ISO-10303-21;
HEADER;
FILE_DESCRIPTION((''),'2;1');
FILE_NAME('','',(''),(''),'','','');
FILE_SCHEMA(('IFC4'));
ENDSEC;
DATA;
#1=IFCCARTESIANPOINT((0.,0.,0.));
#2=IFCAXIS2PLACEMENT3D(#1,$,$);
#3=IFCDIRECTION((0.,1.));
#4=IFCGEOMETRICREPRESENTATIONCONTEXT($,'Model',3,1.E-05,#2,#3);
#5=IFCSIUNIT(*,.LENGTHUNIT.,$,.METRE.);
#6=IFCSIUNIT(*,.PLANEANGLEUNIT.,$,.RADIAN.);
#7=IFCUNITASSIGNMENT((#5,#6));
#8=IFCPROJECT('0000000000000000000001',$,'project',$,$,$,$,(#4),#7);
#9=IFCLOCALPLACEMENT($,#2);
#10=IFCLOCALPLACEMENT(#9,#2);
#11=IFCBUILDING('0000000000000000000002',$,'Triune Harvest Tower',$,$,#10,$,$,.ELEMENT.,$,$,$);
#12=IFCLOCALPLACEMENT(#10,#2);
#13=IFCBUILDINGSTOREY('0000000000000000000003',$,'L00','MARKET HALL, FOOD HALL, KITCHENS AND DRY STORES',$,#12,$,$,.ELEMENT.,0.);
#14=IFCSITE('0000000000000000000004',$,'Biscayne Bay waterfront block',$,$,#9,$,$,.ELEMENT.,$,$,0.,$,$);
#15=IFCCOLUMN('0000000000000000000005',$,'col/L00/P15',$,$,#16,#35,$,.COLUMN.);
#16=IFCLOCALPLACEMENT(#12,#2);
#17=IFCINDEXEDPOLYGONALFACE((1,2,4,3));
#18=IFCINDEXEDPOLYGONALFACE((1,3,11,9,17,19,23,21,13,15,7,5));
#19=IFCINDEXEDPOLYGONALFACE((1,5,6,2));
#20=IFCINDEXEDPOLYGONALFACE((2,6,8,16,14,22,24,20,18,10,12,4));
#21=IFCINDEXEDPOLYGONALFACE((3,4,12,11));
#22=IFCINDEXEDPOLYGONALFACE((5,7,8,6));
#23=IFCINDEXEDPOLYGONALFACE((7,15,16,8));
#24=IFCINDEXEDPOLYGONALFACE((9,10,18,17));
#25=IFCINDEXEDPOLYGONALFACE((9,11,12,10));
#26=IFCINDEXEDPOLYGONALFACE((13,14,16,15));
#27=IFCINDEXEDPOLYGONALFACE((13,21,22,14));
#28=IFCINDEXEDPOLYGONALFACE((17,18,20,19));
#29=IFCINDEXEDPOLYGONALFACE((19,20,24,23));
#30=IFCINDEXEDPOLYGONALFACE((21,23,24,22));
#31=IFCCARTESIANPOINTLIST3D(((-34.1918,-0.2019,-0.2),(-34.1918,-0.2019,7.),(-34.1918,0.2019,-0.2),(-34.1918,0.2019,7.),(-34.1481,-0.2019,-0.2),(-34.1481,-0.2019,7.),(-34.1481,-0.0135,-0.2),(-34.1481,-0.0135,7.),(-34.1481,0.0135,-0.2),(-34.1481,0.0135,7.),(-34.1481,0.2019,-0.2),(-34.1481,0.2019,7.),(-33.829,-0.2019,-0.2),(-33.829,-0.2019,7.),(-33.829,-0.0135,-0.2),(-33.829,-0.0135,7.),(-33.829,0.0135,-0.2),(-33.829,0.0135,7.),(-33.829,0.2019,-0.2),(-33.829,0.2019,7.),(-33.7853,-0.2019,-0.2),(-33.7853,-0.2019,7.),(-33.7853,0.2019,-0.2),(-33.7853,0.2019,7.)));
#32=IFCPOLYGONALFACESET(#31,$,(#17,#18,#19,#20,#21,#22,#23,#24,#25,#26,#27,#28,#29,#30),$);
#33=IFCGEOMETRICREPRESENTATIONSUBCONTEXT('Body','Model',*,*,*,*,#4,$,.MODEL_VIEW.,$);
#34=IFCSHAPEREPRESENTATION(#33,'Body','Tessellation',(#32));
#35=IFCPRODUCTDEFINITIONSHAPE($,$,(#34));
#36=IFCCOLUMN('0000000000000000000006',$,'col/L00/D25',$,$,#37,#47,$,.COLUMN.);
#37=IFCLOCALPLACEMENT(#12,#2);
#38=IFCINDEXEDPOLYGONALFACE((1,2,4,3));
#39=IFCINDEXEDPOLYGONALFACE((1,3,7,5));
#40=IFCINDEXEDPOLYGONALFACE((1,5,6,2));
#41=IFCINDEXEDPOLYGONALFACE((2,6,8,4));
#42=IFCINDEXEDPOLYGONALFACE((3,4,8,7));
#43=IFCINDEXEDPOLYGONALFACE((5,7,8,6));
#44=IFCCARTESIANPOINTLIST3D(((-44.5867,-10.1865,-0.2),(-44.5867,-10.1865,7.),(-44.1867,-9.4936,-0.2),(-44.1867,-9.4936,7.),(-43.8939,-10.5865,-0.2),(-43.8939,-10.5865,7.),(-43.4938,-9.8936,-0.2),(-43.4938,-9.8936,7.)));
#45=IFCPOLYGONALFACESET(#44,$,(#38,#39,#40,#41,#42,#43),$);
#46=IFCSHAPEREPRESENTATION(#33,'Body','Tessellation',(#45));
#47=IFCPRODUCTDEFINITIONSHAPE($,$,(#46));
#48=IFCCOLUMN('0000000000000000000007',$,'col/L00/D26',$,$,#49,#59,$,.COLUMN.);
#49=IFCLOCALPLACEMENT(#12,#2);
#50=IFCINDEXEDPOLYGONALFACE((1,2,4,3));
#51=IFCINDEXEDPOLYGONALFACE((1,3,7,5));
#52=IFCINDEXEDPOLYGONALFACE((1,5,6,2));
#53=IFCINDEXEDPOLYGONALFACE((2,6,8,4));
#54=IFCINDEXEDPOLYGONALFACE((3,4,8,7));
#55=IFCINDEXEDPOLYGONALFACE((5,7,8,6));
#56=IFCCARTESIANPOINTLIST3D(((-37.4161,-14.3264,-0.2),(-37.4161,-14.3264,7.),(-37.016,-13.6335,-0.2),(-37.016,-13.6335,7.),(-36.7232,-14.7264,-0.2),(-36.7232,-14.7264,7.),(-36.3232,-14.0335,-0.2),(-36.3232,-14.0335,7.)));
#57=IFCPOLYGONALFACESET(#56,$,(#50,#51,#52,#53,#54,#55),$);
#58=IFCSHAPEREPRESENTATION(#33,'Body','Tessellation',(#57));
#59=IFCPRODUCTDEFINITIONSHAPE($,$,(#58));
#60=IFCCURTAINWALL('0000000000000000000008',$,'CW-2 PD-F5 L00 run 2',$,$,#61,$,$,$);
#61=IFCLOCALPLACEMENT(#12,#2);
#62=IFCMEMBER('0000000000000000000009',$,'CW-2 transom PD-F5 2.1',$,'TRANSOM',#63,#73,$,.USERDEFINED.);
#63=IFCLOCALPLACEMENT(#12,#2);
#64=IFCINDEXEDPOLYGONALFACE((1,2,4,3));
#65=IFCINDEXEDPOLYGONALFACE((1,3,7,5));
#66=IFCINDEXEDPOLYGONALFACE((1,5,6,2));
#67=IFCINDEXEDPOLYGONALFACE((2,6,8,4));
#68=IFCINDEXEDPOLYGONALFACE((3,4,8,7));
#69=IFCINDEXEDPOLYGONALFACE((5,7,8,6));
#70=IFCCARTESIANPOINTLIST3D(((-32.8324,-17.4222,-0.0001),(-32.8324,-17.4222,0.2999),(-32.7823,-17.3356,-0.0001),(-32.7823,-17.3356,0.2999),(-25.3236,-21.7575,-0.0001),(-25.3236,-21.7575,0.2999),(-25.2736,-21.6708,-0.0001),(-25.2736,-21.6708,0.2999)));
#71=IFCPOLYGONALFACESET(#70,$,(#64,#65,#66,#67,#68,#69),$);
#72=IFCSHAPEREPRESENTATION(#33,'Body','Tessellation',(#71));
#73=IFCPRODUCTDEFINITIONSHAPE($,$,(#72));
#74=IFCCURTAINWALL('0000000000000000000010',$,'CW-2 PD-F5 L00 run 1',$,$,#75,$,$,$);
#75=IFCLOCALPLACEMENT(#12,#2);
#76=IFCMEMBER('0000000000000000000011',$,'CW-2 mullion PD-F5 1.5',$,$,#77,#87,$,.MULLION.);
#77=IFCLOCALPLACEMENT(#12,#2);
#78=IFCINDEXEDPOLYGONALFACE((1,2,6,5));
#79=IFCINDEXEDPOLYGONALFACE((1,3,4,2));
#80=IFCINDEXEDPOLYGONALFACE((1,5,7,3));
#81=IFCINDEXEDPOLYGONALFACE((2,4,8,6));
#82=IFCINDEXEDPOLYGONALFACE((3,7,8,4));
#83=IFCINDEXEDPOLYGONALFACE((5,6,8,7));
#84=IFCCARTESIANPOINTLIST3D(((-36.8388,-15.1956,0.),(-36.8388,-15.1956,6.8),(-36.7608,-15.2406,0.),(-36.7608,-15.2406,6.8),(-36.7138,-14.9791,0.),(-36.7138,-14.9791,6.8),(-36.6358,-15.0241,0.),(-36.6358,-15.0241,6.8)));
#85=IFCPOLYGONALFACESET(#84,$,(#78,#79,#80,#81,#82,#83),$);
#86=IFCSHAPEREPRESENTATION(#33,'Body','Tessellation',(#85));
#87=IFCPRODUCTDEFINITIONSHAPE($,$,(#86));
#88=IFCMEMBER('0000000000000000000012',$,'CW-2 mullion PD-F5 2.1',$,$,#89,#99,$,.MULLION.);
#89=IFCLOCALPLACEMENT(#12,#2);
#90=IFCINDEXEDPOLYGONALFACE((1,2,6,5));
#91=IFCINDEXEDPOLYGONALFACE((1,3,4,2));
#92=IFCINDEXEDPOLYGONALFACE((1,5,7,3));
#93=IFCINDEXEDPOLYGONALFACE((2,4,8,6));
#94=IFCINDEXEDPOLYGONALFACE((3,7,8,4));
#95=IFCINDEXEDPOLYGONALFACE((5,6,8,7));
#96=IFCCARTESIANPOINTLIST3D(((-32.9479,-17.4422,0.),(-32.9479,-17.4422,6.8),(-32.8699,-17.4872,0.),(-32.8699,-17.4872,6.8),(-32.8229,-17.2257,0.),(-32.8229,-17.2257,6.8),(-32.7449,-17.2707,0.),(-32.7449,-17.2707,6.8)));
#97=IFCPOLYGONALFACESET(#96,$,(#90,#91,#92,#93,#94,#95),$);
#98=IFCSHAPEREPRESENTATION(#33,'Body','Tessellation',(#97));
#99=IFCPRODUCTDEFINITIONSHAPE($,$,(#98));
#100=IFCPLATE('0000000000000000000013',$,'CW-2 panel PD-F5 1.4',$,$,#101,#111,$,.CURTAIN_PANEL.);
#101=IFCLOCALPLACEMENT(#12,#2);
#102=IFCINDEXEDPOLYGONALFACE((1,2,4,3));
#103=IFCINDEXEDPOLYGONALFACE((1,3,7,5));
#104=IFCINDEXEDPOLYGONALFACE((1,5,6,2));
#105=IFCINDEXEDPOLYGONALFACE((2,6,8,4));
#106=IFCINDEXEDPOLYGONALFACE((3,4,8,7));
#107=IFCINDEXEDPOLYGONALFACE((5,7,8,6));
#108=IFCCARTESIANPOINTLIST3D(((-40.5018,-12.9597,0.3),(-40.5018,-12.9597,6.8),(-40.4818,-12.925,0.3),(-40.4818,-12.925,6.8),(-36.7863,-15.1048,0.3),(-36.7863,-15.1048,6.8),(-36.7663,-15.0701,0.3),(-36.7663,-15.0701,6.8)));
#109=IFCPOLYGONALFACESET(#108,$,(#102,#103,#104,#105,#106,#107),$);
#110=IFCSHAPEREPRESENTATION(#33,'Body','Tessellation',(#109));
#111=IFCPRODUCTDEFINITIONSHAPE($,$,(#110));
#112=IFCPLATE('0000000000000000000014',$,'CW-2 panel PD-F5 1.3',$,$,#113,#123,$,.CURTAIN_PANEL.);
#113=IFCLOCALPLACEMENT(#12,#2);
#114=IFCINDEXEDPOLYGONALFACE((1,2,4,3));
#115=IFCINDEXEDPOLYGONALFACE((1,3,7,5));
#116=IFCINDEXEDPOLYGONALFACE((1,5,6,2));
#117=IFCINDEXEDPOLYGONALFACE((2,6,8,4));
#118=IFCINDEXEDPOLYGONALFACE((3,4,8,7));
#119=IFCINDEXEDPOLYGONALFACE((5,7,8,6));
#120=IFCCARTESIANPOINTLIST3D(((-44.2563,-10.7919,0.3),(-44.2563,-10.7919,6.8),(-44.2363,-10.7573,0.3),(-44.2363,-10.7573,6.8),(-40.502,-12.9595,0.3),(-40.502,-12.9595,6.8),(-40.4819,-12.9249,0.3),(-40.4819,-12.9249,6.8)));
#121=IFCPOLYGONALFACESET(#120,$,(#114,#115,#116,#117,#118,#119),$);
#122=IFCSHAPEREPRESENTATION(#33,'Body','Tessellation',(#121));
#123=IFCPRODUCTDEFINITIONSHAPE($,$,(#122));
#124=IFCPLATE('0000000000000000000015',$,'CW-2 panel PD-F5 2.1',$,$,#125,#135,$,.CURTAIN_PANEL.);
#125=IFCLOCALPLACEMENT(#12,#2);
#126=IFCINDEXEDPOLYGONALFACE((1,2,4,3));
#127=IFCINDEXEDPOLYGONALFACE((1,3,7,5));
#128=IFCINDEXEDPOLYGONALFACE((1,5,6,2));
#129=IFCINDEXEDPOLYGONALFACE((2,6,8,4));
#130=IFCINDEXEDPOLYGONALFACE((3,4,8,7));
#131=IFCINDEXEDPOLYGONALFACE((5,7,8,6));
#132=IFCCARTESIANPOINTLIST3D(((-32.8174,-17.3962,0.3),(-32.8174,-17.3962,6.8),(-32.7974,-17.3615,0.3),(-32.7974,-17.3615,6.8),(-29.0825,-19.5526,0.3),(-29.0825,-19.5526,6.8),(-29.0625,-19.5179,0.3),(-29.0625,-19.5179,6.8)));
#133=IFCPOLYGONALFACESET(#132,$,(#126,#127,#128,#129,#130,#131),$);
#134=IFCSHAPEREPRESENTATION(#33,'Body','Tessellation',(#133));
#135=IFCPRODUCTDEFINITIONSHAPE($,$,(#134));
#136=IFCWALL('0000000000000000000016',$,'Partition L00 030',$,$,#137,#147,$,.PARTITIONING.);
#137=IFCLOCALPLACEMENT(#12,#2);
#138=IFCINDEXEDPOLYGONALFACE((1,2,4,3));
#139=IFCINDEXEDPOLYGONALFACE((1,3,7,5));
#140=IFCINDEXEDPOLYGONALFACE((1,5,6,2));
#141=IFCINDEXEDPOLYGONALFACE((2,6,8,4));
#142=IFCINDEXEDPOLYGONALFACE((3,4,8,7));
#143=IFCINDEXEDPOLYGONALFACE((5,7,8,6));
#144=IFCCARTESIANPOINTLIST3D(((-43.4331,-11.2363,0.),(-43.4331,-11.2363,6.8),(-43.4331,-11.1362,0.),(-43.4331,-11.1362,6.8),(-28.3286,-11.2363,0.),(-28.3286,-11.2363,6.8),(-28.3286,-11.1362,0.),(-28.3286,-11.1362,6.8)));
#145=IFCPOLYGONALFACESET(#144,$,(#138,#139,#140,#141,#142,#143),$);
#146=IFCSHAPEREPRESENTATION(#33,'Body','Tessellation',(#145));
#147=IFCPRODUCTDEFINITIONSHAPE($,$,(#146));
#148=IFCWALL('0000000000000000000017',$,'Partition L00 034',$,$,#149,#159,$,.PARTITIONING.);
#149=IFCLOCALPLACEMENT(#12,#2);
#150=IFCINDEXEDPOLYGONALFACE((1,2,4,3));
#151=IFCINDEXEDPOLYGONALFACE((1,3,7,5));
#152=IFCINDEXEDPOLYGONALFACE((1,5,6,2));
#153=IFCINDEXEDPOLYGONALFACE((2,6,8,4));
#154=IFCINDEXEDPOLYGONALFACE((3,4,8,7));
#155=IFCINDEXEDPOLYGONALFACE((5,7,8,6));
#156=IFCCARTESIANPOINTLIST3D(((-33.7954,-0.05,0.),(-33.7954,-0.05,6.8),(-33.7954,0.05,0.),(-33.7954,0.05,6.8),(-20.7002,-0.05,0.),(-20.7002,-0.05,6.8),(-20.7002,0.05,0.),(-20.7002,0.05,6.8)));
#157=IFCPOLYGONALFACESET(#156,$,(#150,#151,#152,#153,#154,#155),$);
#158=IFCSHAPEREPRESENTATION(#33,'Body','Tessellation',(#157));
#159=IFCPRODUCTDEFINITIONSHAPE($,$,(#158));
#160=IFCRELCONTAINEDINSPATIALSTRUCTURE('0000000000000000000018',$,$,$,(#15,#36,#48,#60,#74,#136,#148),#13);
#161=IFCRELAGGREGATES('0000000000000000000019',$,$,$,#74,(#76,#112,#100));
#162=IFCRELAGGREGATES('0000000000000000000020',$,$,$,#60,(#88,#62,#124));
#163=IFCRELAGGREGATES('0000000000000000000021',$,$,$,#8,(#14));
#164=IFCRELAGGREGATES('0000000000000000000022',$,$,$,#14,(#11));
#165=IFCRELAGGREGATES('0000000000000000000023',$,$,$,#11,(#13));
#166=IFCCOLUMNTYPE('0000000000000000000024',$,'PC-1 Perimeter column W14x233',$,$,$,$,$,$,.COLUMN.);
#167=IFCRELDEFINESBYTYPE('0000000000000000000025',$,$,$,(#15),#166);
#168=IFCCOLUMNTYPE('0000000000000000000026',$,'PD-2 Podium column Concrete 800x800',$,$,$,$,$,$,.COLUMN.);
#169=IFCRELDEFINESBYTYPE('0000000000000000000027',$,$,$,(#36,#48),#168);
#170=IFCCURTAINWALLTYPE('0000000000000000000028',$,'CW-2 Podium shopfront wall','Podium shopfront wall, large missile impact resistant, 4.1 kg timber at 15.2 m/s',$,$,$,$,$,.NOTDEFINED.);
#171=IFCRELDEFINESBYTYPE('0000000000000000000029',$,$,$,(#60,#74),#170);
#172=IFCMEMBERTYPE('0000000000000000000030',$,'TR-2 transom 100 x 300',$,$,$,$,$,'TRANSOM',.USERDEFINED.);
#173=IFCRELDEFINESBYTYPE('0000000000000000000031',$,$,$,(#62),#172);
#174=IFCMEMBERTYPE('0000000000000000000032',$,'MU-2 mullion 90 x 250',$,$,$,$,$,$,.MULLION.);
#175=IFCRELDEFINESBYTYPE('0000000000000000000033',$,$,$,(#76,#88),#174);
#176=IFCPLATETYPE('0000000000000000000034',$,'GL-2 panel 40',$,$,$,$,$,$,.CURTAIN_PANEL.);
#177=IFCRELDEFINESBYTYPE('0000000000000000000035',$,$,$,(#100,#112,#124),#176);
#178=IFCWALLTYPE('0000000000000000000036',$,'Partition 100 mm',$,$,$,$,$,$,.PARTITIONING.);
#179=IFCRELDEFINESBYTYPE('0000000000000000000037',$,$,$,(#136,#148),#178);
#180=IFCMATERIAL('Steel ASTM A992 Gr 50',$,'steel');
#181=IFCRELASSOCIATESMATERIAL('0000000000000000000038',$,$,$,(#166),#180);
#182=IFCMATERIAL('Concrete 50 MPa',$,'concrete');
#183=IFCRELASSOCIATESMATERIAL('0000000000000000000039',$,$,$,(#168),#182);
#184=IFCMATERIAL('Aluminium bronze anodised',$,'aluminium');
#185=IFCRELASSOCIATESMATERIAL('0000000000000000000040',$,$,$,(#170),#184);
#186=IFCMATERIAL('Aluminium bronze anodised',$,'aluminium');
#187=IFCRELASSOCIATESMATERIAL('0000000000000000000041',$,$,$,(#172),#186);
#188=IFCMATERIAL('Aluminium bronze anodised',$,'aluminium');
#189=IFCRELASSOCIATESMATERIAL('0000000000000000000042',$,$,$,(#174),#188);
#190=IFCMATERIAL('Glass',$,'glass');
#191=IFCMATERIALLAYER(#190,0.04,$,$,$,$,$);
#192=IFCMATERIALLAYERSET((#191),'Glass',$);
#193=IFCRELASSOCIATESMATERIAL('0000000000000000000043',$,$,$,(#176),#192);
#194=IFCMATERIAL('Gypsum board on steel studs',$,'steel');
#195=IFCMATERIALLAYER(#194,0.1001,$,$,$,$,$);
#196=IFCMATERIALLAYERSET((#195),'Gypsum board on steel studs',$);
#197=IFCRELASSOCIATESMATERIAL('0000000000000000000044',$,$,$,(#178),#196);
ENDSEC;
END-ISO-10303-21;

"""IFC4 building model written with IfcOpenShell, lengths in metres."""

from ifc_helpers import new_model, si_unit, direction, frame, frame_2d, origin, origin_2d, place, context, subcontext, project, spatial, rectangle, i_section, extrude, source, transform, mapped, material, layer, layer_set, material_profile, profile_set, type_object, element, aggregate, save


model = new_model("IFC4")

# Units and contexts
model_context = context("Model", 3, precision=1e-05, world=origin(), true_north=direction((0.0, 1.0)))
body_context = subcontext(model_context, "Body", "Model", "MODEL_VIEW")
ifc_project = project(units=[si_unit("LENGTHUNIT", "METRE"), si_unit("PLANEANGLEUNIT", "RADIAN")], contexts=[model_context])

# Site, building, storey
site_placement = place(None, origin())
site = spatial("IfcSite", under=ifc_project, at=site_placement, Name="Biscayne Bay waterfront block", CompositionType="ELEMENT", RefElevation=0.0)
building_placement = place(site_placement, origin())
building = spatial("IfcBuilding", under=site, at=building_placement, Name="Triune Harvest Tower", CompositionType="ELEMENT")
storey_placement = place(building_placement, origin())
storey = spatial("IfcBuildingStorey", under=building, at=storey_placement, Name="L00", Description="MARKET HALL, FOOD HALL, KITCHENS AND DRY STORES", CompositionType="ELEMENT", Elevation=0.0)

# Columns
ifc_material_1 = material(Name="Steel ASTM A992 Gr 50", Category="steel")
ifc_material_profile_1 = material_profile(ifc_material_1, i_section(OverallWidth=0.4038, OverallDepth=0.4065, WebThickness=0.0271, FlangeThickness=0.0437, at=origin_2d()), Name="W14x233")
ifc_profile_set_1 = profile_set([ifc_material_profile_1], Name="Steel ASTM A992 Gr 50")
column_type_1 = type_object("IfcColumnType", Name="PC-1 Perimeter column W14x233", PredefinedType="COLUMN", material=ifc_profile_set_1)
shared_shape_1 = source(origin(), body_context, "Body", "SweptSolid", [
    extrude(i_section(OverallWidth=0.4038, OverallDepth=0.4065, WebThickness=0.0271, FlangeThickness=0.0437, at=origin_2d()), origin(), (0.0, 0.0, 1.0), 7.2),
])
column_1_placement = place(storey_placement, frame((-33.9885, 0.0, -0.2), z_axis=(0.0, 0.0, 1.0), x_axis=(0.0, -1.0, 0.0)))
element("IfcColumn", 1, at=column_1_placement, inside=storey, type_object=column_type_1, Name="col/L00/P15", PredefinedType="COLUMN", context=body_context, shape_type="MappedRepresentation", body=[
    mapped(shared_shape_1, transform((0.0, 0.0, 0.0), scale=1.0)),
])
ifc_material_2 = material(Name="Concrete 50 MPa", Category="concrete")
ifc_material_profile_2 = material_profile(ifc_material_2, rectangle(XDim=0.8, YDim=0.8, at=origin_2d()), Name="Concrete 800x800")
ifc_profile_set_2 = profile_set([ifc_material_profile_2], Name="Concrete 50 MPa")
column_type_2 = type_object("IfcColumnType", Name="PD-2 Podium column Concrete 800x800", PredefinedType="COLUMN", material=ifc_profile_set_2)
shared_shape_2 = source(origin(), body_context, "Body", "SweptSolid", [
    extrude(rectangle(XDim=0.8, YDim=0.8, at=origin_2d()), origin(), (0.0, 0.0, 1.0), 7.2),
])
for number, where, z_axis, x_axis, name in (
    (2, (-44.0403, -10.04, -0.2), (0.0, 0.0, 1.0), (0.866025, -0.5, 0.0), "col/L00/D25"),
    (3, (-36.8696, -14.1799, -0.2), (0.0, 0.0, 1.0), (0.866025, -0.5, 0.0), "col/L00/D26"),
):
    element("IfcColumn", number, at=place(storey_placement, frame(where, z_axis=z_axis, x_axis=x_axis)), inside=storey, type_object=column_type_2, Name=name, PredefinedType="COLUMN", context=body_context, shape_type="MappedRepresentation", body=[
        mapped(shared_shape_2, transform((0.0, 0.0, 0.0), scale=1.0)),
    ])

# Curtain walls, members
ifc_material_3 = material(Name="Aluminium bronze anodised", Category="aluminium")
curtain_wall_type = type_object("IfcCurtainWallType", Name="CW-2 Podium shopfront wall", Description="Podium shopfront wall, large missile impact resistant, 4.1 kg timber at 15.2 m/s", PredefinedType="NOTDEFINED", material=ifc_material_3)
curtain_wall_1_placement = place(storey_placement, origin())
curtain_wall_1 = element("IfcCurtainWall", 4, at=curtain_wall_1_placement, inside=storey, type_object=curtain_wall_type, Name="CW-2 PD-F5 L00 run 2")
ifc_material_4 = material(Name="Aluminium bronze anodised", Category="aluminium")
ifc_material_profile_3 = material_profile(ifc_material_4, rectangle(XDim=0.1001, YDim=0.3, at=origin_2d()), Name="TR-2 transom 100 x 300")
ifc_profile_set_3 = profile_set([ifc_material_profile_3], Name="Aluminium bronze anodised")
member_type_1 = type_object("IfcMemberType", Name="TR-2 transom 100 x 300", ElementType="TRANSOM", PredefinedType="USERDEFINED", material=ifc_profile_set_3)
member_1_placement = place(storey_placement, frame((-32.8074, -17.3789, 0.1499), z_axis=(0.866025, -0.5, 0.0), x_axis=(0.5, 0.866025, 0.0)))
member_1 = element("IfcMember", 5, at=member_1_placement, type_object=member_type_1, Name="CW-2 transom PD-F5 2.1", ObjectType="TRANSOM", PredefinedType="USERDEFINED", context=body_context, shape_type="SweptSolid", body=[
    extrude(rectangle(XDim=0.1001, YDim=0.3, at=origin_2d()), origin(), (0.0, 0.0, 1.0), 8.6704),
])
curtain_wall_2_placement = place(storey_placement, origin())
curtain_wall_2 = element("IfcCurtainWall", 6, at=curtain_wall_2_placement, inside=storey, type_object=curtain_wall_type, Name="CW-2 PD-F5 L00 run 1")
ifc_material_5 = material(Name="Aluminium bronze anodised", Category="aluminium")
ifc_material_profile_4 = material_profile(ifc_material_5, rectangle(XDim=0.25, YDim=0.0901, at=origin_2d()), Name="MU-2 mullion 90 x 250")
ifc_profile_set_4 = profile_set([ifc_material_profile_4], Name="Aluminium bronze anodised")
member_type_2 = type_object("IfcMemberType", Name="MU-2 mullion 90 x 250", PredefinedType="MULLION", material=ifc_profile_set_4)
shared_shape_3 = source(origin(), body_context, "Body", "SweptSolid", [
    extrude(rectangle(XDim=0.25, YDim=0.0901, at=origin_2d()), origin(), (0.0, 0.0, 1.0), 6.8),
])
member_2_placement = place(storey_placement, frame((-36.7373, -15.1099, 0.0), z_axis=(0.0, 0.0, 1.0), x_axis=(0.5, 0.866025, 0.0)))
member_2 = element("IfcMember", 7, at=member_2_placement, type_object=member_type_2, Name="CW-2 mullion PD-F5 1.5", PredefinedType="MULLION", context=body_context, shape_type="MappedRepresentation", body=[
    mapped(shared_shape_3, transform((0.0, 0.0, 0.0), scale=1.0)),
])

# Member
member_3_placement = place(storey_placement, frame((-32.8464, -17.3564, 0.0), z_axis=(0.0, 0.0, 1.0), x_axis=(0.5, 0.866025, 0.0)))
member_3 = element("IfcMember", 8, at=member_3_placement, type_object=member_type_2, Name="CW-2 mullion PD-F5 2.1", PredefinedType="MULLION", context=body_context, shape_type="MappedRepresentation", body=[
    mapped(shared_shape_3, transform((0.0, 0.0, 0.0), scale=1.0)),
])

# Plates
ifc_material_6 = material(Name="Glass", Category="glass")
ifc_layer_1 = layer(ifc_material_6, 0.04)
ifc_layer_set_1 = layer_set([ifc_layer_1], Name="Glass")
plate_type = type_object("IfcPlateType", Name="GL-2 panel 40", PredefinedType="CURTAIN_PANEL", material=ifc_layer_set_1)
shared_shape_4 = source(origin(), body_context, "Body", "SweptSolid", [
    extrude(rectangle(XDim=4.2903, YDim=0.04, at=origin_2d()), origin(), (0.0, 0.0, 1.0), 6.5),
])
plate_1_placement = place(storey_placement, frame((-38.634, -14.0149, 0.3), z_axis=(0.0, 0.0, 1.0), x_axis=(0.866025, -0.5, 0.0)))
plate_1 = element("IfcPlate", 9, at=plate_1_placement, type_object=plate_type, Name="CW-2 panel PD-F5 1.4", PredefinedType="CURTAIN_PANEL", context=body_context, shape_type="MappedRepresentation", body=[
    mapped(shared_shape_4, transform((0.0, 0.0, 0.0), scale=1.0)),
])
shared_shape_5 = source(origin(), body_context, "Body", "SweptSolid", [
    extrude(rectangle(XDim=4.3352, YDim=0.04, at=origin_2d()), origin(), (0.0, 0.0, 1.0), 6.5),
])
plate_2_placement = place(storey_placement, frame((-42.3691, -11.8584, 0.3), z_axis=(0.0, 0.0, 1.0), x_axis=(0.866025, -0.5, 0.0)))
plate_2 = element("IfcPlate", 10, at=plate_2_placement, type_object=plate_type, Name="CW-2 panel PD-F5 1.3", PredefinedType="CURTAIN_PANEL", context=body_context, shape_type="MappedRepresentation", body=[
    mapped(shared_shape_5, transform((0.0, 0.0, 0.0), scale=1.0)),
])
aggregate(curtain_wall_2, [member_2, plate_2, plate_1])
shared_shape_6 = source(origin(), body_context, "Body", "SweptSolid", [
    extrude(rectangle(XDim=4.3127, YDim=0.04, at=origin_2d()), origin(), (0.0, 0.0, 1.0), 6.5),
])
plate_3_placement = place(storey_placement, frame((-30.9399, -18.457, 0.3), z_axis=(0.0, 0.0, 1.0), x_axis=(0.866025, -0.5, 0.0)))
plate_3 = element("IfcPlate", 11, at=plate_3_placement, type_object=plate_type, Name="CW-2 panel PD-F5 2.1", PredefinedType="CURTAIN_PANEL", context=body_context, shape_type="MappedRepresentation", body=[
    mapped(shared_shape_6, transform((0.0, 0.0, 0.0), scale=1.0)),
])
aggregate(curtain_wall_1, [member_3, member_1, plate_3])

# Walls
ifc_material_7 = material(Name="Gypsum board on steel studs", Category="steel")
ifc_layer_2 = layer(ifc_material_7, 0.1001)
ifc_layer_set_2 = layer_set([ifc_layer_2], Name="Gypsum board on steel studs")
wall_type_1 = type_object("IfcWallType", Name="Partition 100 mm", PredefinedType="PARTITIONING", material=ifc_layer_set_2)
wall_1_placement = place(storey_placement, frame((-43.4331, -11.1863, 0.0), z_axis=(0.0, 0.0, 1.0), x_axis=(1.0, 0.0, 0.0)))
element("IfcWall", 12, at=wall_1_placement, inside=storey, type_object=wall_type_1, Name="Partition L00 030", PredefinedType="PARTITIONING", context=body_context, shape_type="SweptSolid", body=[
    extrude(rectangle(XDim=15.1045, YDim=0.1001, at=frame_2d((7.5522, 0.0))), origin(), (0.0, 0.0, 1.0), 6.8),
])
wall_2_placement = place(storey_placement, frame((-33.7954, 0.0, 0.0), z_axis=(0.0, 0.0, 1.0), x_axis=(1.0, 0.0, 0.0)))
element("IfcWall", 13, at=wall_2_placement, inside=storey, type_object=wall_type_1, Name="Partition L00 034", PredefinedType="PARTITIONING", context=body_context, shape_type="SweptSolid", body=[
    extrude(rectangle(XDim=13.0952, YDim=0.1001, at=frame_2d((6.5476, 0.0))), origin(), (0.0, 0.0, 1.0), 6.8),
])

save(model, "model.ifc")
